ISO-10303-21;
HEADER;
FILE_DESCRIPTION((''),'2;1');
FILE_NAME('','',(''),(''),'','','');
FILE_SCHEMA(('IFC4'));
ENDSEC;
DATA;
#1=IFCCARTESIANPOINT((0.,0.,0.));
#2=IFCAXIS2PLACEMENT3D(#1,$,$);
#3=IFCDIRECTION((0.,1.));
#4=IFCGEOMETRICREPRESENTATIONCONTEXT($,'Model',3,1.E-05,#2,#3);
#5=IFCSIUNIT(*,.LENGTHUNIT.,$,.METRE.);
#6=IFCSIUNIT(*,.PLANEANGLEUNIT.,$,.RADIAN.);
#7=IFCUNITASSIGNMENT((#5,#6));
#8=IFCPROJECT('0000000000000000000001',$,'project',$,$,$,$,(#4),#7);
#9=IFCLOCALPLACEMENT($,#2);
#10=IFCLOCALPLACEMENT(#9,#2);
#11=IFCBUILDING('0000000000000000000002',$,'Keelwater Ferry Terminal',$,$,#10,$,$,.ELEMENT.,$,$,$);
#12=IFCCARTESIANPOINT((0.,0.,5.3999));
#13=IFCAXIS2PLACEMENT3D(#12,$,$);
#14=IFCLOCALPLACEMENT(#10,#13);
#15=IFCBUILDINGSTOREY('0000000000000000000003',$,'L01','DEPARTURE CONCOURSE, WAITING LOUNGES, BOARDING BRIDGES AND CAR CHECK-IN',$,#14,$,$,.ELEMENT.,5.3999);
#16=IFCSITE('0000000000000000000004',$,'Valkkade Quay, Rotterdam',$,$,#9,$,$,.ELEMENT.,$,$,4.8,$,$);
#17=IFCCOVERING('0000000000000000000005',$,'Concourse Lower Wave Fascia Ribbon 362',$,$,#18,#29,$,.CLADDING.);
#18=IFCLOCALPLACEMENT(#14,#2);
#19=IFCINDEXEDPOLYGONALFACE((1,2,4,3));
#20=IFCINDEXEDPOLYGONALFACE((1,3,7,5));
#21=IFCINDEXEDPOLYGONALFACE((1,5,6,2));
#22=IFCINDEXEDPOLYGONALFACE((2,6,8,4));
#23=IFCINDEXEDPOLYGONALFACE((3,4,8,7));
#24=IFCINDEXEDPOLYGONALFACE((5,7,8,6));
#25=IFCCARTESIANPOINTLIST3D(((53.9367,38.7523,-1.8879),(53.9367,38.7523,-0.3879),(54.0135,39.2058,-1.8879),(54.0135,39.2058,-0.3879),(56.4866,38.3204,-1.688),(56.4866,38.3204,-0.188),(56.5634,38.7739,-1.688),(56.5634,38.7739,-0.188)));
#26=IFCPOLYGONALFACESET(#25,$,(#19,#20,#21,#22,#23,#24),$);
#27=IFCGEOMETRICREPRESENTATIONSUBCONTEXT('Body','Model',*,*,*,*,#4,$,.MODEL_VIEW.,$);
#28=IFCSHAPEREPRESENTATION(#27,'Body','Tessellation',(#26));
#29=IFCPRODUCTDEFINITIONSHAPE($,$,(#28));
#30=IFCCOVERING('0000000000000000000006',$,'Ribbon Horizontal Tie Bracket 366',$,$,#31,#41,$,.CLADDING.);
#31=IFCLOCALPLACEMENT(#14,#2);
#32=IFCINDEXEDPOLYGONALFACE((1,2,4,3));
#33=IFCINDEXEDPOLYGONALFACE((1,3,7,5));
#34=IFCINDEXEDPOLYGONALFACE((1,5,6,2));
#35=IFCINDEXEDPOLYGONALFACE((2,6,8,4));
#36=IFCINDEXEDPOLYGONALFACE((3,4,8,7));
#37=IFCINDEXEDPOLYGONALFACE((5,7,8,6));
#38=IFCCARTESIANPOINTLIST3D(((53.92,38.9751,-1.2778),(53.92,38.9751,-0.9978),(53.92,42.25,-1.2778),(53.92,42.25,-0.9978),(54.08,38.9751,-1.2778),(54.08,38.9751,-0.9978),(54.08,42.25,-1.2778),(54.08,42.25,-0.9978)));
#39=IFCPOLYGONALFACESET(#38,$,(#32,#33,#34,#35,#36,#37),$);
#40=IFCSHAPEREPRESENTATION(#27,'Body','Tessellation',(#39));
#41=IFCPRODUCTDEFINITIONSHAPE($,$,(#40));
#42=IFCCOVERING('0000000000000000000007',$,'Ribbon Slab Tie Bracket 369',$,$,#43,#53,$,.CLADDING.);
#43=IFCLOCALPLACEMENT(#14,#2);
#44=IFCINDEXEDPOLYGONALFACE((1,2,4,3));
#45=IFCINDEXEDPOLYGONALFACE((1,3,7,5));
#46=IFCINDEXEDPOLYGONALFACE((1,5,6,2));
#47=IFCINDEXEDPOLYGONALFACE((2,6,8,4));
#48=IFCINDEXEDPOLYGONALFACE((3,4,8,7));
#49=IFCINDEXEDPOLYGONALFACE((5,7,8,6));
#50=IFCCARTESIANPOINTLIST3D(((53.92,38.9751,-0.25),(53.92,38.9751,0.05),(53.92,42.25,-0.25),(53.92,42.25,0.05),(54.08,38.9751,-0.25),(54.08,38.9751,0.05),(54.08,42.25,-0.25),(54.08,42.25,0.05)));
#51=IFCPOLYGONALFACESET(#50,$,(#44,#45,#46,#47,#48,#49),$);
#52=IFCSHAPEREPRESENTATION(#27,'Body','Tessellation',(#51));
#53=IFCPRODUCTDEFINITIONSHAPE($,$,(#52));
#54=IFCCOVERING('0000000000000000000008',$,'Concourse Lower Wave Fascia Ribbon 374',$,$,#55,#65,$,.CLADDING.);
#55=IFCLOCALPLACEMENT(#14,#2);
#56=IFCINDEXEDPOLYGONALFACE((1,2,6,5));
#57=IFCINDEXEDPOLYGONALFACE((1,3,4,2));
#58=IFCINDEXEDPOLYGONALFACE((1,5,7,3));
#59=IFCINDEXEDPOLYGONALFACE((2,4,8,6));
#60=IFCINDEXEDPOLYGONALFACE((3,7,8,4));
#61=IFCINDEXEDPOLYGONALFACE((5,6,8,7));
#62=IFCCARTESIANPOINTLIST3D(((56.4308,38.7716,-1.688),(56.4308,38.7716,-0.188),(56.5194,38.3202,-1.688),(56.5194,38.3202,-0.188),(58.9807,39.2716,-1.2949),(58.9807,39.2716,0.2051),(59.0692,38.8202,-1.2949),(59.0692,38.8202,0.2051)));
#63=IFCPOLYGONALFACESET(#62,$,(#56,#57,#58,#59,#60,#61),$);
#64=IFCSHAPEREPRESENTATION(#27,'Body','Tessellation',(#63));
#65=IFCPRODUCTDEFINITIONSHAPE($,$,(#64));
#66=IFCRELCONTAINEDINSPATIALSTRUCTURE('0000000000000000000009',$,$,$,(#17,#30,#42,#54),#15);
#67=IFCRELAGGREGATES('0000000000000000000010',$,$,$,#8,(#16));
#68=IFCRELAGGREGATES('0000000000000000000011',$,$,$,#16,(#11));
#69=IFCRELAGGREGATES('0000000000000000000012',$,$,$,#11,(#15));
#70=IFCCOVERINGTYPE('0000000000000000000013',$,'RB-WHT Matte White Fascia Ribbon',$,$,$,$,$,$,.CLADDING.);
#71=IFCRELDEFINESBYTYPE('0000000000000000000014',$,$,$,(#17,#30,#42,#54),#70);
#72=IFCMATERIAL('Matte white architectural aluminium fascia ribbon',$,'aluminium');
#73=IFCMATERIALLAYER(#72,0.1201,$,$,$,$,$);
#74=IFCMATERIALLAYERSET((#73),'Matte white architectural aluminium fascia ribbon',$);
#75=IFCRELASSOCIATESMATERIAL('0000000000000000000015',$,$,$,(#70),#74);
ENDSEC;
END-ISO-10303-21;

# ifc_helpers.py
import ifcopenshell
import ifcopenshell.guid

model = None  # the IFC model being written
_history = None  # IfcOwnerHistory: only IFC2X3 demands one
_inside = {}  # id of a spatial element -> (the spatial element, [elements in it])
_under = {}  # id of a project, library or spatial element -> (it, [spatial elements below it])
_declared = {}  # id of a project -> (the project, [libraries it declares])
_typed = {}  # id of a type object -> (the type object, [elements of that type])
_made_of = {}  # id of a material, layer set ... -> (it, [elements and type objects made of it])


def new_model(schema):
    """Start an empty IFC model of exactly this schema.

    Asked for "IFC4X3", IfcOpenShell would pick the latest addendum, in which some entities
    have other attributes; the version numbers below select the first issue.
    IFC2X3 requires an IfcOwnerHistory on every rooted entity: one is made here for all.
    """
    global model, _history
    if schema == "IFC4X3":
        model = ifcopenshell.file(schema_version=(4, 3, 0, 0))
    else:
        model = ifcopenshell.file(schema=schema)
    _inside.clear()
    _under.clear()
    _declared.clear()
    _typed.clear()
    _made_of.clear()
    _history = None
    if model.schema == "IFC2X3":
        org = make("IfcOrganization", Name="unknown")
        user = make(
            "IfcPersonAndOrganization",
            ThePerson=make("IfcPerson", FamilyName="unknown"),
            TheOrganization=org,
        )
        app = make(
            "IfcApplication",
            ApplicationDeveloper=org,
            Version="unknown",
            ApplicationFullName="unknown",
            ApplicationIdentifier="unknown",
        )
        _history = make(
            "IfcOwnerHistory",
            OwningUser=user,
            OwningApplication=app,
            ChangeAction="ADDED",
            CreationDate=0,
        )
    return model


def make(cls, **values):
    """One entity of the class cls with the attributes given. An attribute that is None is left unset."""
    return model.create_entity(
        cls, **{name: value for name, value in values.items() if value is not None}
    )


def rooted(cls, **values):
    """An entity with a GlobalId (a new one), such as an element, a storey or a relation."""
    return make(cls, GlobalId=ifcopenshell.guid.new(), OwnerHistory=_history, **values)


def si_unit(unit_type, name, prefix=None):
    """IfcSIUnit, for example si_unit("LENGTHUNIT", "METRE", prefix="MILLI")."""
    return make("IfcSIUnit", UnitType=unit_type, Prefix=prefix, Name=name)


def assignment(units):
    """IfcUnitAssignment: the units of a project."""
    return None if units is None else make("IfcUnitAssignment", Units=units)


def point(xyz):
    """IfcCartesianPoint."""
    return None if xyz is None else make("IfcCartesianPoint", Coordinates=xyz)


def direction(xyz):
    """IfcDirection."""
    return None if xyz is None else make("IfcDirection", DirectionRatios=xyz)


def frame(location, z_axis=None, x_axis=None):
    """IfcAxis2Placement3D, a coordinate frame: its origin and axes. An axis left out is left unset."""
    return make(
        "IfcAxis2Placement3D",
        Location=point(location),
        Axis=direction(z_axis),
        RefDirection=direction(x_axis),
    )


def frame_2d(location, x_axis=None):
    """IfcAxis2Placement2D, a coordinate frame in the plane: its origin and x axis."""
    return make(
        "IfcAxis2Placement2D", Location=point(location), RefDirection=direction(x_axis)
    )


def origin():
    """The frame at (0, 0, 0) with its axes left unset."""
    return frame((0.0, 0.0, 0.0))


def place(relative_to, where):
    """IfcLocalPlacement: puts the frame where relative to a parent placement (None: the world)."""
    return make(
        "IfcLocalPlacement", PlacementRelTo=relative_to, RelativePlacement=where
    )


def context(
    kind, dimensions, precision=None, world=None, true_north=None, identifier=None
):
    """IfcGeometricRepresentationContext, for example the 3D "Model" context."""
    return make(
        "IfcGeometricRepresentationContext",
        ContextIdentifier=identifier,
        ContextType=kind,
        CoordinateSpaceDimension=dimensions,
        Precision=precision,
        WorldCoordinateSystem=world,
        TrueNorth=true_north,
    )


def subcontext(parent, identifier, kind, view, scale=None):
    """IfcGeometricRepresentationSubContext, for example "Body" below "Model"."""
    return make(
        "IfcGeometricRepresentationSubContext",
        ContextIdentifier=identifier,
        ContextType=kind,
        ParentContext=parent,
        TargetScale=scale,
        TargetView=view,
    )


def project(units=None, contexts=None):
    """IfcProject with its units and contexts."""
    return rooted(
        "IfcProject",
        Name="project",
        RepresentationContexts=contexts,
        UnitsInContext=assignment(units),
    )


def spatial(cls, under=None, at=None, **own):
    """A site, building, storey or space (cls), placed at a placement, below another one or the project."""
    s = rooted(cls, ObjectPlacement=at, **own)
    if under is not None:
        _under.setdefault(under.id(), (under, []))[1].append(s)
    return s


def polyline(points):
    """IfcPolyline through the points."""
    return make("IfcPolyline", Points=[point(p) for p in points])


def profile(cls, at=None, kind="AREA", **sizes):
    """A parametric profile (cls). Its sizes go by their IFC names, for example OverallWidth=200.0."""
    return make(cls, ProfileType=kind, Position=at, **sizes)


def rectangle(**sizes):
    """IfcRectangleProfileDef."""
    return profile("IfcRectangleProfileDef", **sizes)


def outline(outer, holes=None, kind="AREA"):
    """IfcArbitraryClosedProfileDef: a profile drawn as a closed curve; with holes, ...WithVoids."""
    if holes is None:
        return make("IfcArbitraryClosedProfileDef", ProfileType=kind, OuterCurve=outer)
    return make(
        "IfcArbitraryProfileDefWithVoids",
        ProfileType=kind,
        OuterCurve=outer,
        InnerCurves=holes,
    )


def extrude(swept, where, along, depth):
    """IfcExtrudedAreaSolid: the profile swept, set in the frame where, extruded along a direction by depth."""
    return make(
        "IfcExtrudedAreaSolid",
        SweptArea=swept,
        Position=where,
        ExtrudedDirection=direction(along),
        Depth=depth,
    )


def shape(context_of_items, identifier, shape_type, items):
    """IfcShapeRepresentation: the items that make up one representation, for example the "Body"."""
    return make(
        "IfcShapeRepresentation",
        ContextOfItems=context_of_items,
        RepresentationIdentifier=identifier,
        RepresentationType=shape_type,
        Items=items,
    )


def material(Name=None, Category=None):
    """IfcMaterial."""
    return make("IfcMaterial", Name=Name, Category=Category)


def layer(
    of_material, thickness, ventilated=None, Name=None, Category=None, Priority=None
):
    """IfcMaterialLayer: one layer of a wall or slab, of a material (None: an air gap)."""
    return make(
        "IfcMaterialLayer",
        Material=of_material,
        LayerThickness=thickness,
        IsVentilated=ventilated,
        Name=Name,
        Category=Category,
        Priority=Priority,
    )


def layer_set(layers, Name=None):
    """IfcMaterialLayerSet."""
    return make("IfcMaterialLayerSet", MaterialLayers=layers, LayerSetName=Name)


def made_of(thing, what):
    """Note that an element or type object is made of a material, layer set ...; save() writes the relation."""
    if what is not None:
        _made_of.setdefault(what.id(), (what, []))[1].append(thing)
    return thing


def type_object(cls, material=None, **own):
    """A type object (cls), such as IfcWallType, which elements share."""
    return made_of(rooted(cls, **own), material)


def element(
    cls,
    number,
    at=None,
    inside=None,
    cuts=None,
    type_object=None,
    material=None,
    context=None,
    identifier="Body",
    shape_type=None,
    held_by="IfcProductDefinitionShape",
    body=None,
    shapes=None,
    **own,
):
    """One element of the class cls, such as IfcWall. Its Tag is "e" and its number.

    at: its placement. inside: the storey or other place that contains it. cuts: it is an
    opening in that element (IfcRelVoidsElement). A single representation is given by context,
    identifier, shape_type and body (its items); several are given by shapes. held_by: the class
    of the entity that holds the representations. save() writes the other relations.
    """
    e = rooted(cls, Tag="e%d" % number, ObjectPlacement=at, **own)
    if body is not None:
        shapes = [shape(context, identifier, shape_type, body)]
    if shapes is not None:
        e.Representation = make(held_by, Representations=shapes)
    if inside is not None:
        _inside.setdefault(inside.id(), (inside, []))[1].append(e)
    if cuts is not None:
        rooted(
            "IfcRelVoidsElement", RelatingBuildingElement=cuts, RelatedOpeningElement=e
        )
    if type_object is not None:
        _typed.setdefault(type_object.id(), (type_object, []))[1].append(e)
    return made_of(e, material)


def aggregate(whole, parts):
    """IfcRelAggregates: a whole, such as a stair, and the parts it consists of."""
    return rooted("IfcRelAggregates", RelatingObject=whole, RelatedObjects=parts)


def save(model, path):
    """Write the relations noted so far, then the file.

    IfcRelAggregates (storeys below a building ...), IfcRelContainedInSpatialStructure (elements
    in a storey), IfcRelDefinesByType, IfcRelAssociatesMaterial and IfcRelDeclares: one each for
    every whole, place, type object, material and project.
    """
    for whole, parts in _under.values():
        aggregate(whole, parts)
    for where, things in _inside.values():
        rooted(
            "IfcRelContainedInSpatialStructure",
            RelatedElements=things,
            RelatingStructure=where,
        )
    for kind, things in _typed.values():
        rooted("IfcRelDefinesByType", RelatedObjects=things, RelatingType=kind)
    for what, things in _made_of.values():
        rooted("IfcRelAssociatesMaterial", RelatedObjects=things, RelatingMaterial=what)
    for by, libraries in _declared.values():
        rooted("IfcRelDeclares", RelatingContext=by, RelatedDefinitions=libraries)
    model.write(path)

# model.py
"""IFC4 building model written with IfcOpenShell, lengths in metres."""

from ifc_helpers import new_model, si_unit, direction, frame, frame_2d, origin, place, context, subcontext, project, spatial, polyline, rectangle, outline, extrude, material, layer, layer_set, type_object, element, save


model = new_model("IFC4")

# Units and contexts
model_context = context("Model", 3, precision=1e-05, world=origin(), true_north=direction((0.0, 1.0)))
body_context = subcontext(model_context, "Body", "Model", "MODEL_VIEW")
ifc_project = project(units=[si_unit("LENGTHUNIT", "METRE"), si_unit("PLANEANGLEUNIT", "RADIAN")], contexts=[model_context])

# Site, building, storey
site_placement = place(None, origin())
site = spatial("IfcSite", under=ifc_project, at=site_placement, Name="Valkkade Quay, Rotterdam", CompositionType="ELEMENT", RefElevation=4.8)
building_placement = place(site_placement, origin())
building = spatial("IfcBuilding", under=site, at=building_placement, Name="Keelwater Ferry Terminal", CompositionType="ELEMENT")
storey_placement = place(building_placement, frame((0.0, 0.0, 5.3999)))
storey = spatial("IfcBuildingStorey", under=building, at=storey_placement, Name="L01", Description="DEPARTURE CONCOURSE, WAITING LOUNGES, BOARDING BRIDGES AND CAR CHECK-IN", CompositionType="ELEMENT", Elevation=5.3999)

# Coverings
ifc_material_1 = material(Name="Matte white architectural aluminium fascia ribbon", Category="aluminium")
ifc_layer_1 = layer(ifc_material_1, 0.1201)
ifc_layer_set_1 = layer_set([ifc_layer_1], Name="Matte white architectural aluminium fascia ribbon")
covering_type = type_object("IfcCoveringType", Name="RB-WHT Matte White Fascia Ribbon", PredefinedType="CLADDING", material=ifc_layer_set_1)
covering_1_placement = place(storey_placement, frame((53.9751, 38.979, -1.8879), z_axis=(0.0, 0.0, 1.0), x_axis=(0.985957, -0.167001, 0.0)))
element("IfcCovering", 1, at=covering_1_placement, inside=storey, type_object=covering_type, Name="Concourse Lower Wave Fascia Ribbon 362", PredefinedType="CLADDING", context=body_context, shape_type="SweptSolid", body=[
    extrude(outline(polyline([(0.0, 0.0), (2.5862, 0.2), (2.5862, 1.7), (0.0, 1.5), (0.0, 0.0)])), frame((0.0, 0.23, 0.0), z_axis=(0.0, -1.0, 0.0), x_axis=(1.0, 0.0, 0.0)), (0.0, 0.0, 1.0), 0.46),
])
covering_2_placement = place(storey_placement, frame((54.0, 38.9751, -1.2778), z_axis=(0.0, 0.0, 1.0), x_axis=(0.0, 1.0, 0.0)))
element("IfcCovering", 2, at=covering_2_placement, inside=storey, type_object=covering_type, Name="Ribbon Horizontal Tie Bracket 366", PredefinedType="CLADDING", context=body_context, shape_type="SweptSolid", body=[
    extrude(rectangle(XDim=3.2749, YDim=0.1599, at=frame_2d((1.6375, 0.0))), origin(), (0.0, 0.0, 1.0), 0.28),
])
covering_3_placement = place(storey_placement, frame((54.0, 38.9751, -0.25), z_axis=(0.0, 0.0, 1.0), x_axis=(0.0, 1.0, 0.0)))
element("IfcCovering", 3, at=covering_3_placement, inside=storey, type_object=covering_type, Name="Ribbon Slab Tie Bracket 369", PredefinedType="CLADDING", context=body_context, shape_type="SweptSolid", body=[
    extrude(rectangle(XDim=3.2749, YDim=0.1599, at=frame_2d((1.6375, 0.0))), origin(), (0.0, 0.0, 1.0), 0.3),
])
covering_4_placement = place(storey_placement, frame((56.4751, 38.5459, -1.688), z_axis=(0.0, 0.0, 1.0), x_axis=(0.981311, 0.192429, 0.0)))
element("IfcCovering", 4, at=covering_4_placement, inside=storey, type_object=covering_type, Name="Concourse Lower Wave Fascia Ribbon 374", PredefinedType="CLADDING", context=body_context, shape_type="SweptSolid", body=[
    extrude(outline(polyline([(0.0, 0.0), (2.5984, 0.3931), (2.5984, 1.8931), (0.0, 1.5), (0.0, 0.0)])), frame((0.0, 0.23, 0.0), z_axis=(0.0, -1.0, 0.0), x_axis=(1.0, 0.0, 0.0)), (0.0, 0.0, 1.0), 0.46),
])

save(model, "model.ifc")
